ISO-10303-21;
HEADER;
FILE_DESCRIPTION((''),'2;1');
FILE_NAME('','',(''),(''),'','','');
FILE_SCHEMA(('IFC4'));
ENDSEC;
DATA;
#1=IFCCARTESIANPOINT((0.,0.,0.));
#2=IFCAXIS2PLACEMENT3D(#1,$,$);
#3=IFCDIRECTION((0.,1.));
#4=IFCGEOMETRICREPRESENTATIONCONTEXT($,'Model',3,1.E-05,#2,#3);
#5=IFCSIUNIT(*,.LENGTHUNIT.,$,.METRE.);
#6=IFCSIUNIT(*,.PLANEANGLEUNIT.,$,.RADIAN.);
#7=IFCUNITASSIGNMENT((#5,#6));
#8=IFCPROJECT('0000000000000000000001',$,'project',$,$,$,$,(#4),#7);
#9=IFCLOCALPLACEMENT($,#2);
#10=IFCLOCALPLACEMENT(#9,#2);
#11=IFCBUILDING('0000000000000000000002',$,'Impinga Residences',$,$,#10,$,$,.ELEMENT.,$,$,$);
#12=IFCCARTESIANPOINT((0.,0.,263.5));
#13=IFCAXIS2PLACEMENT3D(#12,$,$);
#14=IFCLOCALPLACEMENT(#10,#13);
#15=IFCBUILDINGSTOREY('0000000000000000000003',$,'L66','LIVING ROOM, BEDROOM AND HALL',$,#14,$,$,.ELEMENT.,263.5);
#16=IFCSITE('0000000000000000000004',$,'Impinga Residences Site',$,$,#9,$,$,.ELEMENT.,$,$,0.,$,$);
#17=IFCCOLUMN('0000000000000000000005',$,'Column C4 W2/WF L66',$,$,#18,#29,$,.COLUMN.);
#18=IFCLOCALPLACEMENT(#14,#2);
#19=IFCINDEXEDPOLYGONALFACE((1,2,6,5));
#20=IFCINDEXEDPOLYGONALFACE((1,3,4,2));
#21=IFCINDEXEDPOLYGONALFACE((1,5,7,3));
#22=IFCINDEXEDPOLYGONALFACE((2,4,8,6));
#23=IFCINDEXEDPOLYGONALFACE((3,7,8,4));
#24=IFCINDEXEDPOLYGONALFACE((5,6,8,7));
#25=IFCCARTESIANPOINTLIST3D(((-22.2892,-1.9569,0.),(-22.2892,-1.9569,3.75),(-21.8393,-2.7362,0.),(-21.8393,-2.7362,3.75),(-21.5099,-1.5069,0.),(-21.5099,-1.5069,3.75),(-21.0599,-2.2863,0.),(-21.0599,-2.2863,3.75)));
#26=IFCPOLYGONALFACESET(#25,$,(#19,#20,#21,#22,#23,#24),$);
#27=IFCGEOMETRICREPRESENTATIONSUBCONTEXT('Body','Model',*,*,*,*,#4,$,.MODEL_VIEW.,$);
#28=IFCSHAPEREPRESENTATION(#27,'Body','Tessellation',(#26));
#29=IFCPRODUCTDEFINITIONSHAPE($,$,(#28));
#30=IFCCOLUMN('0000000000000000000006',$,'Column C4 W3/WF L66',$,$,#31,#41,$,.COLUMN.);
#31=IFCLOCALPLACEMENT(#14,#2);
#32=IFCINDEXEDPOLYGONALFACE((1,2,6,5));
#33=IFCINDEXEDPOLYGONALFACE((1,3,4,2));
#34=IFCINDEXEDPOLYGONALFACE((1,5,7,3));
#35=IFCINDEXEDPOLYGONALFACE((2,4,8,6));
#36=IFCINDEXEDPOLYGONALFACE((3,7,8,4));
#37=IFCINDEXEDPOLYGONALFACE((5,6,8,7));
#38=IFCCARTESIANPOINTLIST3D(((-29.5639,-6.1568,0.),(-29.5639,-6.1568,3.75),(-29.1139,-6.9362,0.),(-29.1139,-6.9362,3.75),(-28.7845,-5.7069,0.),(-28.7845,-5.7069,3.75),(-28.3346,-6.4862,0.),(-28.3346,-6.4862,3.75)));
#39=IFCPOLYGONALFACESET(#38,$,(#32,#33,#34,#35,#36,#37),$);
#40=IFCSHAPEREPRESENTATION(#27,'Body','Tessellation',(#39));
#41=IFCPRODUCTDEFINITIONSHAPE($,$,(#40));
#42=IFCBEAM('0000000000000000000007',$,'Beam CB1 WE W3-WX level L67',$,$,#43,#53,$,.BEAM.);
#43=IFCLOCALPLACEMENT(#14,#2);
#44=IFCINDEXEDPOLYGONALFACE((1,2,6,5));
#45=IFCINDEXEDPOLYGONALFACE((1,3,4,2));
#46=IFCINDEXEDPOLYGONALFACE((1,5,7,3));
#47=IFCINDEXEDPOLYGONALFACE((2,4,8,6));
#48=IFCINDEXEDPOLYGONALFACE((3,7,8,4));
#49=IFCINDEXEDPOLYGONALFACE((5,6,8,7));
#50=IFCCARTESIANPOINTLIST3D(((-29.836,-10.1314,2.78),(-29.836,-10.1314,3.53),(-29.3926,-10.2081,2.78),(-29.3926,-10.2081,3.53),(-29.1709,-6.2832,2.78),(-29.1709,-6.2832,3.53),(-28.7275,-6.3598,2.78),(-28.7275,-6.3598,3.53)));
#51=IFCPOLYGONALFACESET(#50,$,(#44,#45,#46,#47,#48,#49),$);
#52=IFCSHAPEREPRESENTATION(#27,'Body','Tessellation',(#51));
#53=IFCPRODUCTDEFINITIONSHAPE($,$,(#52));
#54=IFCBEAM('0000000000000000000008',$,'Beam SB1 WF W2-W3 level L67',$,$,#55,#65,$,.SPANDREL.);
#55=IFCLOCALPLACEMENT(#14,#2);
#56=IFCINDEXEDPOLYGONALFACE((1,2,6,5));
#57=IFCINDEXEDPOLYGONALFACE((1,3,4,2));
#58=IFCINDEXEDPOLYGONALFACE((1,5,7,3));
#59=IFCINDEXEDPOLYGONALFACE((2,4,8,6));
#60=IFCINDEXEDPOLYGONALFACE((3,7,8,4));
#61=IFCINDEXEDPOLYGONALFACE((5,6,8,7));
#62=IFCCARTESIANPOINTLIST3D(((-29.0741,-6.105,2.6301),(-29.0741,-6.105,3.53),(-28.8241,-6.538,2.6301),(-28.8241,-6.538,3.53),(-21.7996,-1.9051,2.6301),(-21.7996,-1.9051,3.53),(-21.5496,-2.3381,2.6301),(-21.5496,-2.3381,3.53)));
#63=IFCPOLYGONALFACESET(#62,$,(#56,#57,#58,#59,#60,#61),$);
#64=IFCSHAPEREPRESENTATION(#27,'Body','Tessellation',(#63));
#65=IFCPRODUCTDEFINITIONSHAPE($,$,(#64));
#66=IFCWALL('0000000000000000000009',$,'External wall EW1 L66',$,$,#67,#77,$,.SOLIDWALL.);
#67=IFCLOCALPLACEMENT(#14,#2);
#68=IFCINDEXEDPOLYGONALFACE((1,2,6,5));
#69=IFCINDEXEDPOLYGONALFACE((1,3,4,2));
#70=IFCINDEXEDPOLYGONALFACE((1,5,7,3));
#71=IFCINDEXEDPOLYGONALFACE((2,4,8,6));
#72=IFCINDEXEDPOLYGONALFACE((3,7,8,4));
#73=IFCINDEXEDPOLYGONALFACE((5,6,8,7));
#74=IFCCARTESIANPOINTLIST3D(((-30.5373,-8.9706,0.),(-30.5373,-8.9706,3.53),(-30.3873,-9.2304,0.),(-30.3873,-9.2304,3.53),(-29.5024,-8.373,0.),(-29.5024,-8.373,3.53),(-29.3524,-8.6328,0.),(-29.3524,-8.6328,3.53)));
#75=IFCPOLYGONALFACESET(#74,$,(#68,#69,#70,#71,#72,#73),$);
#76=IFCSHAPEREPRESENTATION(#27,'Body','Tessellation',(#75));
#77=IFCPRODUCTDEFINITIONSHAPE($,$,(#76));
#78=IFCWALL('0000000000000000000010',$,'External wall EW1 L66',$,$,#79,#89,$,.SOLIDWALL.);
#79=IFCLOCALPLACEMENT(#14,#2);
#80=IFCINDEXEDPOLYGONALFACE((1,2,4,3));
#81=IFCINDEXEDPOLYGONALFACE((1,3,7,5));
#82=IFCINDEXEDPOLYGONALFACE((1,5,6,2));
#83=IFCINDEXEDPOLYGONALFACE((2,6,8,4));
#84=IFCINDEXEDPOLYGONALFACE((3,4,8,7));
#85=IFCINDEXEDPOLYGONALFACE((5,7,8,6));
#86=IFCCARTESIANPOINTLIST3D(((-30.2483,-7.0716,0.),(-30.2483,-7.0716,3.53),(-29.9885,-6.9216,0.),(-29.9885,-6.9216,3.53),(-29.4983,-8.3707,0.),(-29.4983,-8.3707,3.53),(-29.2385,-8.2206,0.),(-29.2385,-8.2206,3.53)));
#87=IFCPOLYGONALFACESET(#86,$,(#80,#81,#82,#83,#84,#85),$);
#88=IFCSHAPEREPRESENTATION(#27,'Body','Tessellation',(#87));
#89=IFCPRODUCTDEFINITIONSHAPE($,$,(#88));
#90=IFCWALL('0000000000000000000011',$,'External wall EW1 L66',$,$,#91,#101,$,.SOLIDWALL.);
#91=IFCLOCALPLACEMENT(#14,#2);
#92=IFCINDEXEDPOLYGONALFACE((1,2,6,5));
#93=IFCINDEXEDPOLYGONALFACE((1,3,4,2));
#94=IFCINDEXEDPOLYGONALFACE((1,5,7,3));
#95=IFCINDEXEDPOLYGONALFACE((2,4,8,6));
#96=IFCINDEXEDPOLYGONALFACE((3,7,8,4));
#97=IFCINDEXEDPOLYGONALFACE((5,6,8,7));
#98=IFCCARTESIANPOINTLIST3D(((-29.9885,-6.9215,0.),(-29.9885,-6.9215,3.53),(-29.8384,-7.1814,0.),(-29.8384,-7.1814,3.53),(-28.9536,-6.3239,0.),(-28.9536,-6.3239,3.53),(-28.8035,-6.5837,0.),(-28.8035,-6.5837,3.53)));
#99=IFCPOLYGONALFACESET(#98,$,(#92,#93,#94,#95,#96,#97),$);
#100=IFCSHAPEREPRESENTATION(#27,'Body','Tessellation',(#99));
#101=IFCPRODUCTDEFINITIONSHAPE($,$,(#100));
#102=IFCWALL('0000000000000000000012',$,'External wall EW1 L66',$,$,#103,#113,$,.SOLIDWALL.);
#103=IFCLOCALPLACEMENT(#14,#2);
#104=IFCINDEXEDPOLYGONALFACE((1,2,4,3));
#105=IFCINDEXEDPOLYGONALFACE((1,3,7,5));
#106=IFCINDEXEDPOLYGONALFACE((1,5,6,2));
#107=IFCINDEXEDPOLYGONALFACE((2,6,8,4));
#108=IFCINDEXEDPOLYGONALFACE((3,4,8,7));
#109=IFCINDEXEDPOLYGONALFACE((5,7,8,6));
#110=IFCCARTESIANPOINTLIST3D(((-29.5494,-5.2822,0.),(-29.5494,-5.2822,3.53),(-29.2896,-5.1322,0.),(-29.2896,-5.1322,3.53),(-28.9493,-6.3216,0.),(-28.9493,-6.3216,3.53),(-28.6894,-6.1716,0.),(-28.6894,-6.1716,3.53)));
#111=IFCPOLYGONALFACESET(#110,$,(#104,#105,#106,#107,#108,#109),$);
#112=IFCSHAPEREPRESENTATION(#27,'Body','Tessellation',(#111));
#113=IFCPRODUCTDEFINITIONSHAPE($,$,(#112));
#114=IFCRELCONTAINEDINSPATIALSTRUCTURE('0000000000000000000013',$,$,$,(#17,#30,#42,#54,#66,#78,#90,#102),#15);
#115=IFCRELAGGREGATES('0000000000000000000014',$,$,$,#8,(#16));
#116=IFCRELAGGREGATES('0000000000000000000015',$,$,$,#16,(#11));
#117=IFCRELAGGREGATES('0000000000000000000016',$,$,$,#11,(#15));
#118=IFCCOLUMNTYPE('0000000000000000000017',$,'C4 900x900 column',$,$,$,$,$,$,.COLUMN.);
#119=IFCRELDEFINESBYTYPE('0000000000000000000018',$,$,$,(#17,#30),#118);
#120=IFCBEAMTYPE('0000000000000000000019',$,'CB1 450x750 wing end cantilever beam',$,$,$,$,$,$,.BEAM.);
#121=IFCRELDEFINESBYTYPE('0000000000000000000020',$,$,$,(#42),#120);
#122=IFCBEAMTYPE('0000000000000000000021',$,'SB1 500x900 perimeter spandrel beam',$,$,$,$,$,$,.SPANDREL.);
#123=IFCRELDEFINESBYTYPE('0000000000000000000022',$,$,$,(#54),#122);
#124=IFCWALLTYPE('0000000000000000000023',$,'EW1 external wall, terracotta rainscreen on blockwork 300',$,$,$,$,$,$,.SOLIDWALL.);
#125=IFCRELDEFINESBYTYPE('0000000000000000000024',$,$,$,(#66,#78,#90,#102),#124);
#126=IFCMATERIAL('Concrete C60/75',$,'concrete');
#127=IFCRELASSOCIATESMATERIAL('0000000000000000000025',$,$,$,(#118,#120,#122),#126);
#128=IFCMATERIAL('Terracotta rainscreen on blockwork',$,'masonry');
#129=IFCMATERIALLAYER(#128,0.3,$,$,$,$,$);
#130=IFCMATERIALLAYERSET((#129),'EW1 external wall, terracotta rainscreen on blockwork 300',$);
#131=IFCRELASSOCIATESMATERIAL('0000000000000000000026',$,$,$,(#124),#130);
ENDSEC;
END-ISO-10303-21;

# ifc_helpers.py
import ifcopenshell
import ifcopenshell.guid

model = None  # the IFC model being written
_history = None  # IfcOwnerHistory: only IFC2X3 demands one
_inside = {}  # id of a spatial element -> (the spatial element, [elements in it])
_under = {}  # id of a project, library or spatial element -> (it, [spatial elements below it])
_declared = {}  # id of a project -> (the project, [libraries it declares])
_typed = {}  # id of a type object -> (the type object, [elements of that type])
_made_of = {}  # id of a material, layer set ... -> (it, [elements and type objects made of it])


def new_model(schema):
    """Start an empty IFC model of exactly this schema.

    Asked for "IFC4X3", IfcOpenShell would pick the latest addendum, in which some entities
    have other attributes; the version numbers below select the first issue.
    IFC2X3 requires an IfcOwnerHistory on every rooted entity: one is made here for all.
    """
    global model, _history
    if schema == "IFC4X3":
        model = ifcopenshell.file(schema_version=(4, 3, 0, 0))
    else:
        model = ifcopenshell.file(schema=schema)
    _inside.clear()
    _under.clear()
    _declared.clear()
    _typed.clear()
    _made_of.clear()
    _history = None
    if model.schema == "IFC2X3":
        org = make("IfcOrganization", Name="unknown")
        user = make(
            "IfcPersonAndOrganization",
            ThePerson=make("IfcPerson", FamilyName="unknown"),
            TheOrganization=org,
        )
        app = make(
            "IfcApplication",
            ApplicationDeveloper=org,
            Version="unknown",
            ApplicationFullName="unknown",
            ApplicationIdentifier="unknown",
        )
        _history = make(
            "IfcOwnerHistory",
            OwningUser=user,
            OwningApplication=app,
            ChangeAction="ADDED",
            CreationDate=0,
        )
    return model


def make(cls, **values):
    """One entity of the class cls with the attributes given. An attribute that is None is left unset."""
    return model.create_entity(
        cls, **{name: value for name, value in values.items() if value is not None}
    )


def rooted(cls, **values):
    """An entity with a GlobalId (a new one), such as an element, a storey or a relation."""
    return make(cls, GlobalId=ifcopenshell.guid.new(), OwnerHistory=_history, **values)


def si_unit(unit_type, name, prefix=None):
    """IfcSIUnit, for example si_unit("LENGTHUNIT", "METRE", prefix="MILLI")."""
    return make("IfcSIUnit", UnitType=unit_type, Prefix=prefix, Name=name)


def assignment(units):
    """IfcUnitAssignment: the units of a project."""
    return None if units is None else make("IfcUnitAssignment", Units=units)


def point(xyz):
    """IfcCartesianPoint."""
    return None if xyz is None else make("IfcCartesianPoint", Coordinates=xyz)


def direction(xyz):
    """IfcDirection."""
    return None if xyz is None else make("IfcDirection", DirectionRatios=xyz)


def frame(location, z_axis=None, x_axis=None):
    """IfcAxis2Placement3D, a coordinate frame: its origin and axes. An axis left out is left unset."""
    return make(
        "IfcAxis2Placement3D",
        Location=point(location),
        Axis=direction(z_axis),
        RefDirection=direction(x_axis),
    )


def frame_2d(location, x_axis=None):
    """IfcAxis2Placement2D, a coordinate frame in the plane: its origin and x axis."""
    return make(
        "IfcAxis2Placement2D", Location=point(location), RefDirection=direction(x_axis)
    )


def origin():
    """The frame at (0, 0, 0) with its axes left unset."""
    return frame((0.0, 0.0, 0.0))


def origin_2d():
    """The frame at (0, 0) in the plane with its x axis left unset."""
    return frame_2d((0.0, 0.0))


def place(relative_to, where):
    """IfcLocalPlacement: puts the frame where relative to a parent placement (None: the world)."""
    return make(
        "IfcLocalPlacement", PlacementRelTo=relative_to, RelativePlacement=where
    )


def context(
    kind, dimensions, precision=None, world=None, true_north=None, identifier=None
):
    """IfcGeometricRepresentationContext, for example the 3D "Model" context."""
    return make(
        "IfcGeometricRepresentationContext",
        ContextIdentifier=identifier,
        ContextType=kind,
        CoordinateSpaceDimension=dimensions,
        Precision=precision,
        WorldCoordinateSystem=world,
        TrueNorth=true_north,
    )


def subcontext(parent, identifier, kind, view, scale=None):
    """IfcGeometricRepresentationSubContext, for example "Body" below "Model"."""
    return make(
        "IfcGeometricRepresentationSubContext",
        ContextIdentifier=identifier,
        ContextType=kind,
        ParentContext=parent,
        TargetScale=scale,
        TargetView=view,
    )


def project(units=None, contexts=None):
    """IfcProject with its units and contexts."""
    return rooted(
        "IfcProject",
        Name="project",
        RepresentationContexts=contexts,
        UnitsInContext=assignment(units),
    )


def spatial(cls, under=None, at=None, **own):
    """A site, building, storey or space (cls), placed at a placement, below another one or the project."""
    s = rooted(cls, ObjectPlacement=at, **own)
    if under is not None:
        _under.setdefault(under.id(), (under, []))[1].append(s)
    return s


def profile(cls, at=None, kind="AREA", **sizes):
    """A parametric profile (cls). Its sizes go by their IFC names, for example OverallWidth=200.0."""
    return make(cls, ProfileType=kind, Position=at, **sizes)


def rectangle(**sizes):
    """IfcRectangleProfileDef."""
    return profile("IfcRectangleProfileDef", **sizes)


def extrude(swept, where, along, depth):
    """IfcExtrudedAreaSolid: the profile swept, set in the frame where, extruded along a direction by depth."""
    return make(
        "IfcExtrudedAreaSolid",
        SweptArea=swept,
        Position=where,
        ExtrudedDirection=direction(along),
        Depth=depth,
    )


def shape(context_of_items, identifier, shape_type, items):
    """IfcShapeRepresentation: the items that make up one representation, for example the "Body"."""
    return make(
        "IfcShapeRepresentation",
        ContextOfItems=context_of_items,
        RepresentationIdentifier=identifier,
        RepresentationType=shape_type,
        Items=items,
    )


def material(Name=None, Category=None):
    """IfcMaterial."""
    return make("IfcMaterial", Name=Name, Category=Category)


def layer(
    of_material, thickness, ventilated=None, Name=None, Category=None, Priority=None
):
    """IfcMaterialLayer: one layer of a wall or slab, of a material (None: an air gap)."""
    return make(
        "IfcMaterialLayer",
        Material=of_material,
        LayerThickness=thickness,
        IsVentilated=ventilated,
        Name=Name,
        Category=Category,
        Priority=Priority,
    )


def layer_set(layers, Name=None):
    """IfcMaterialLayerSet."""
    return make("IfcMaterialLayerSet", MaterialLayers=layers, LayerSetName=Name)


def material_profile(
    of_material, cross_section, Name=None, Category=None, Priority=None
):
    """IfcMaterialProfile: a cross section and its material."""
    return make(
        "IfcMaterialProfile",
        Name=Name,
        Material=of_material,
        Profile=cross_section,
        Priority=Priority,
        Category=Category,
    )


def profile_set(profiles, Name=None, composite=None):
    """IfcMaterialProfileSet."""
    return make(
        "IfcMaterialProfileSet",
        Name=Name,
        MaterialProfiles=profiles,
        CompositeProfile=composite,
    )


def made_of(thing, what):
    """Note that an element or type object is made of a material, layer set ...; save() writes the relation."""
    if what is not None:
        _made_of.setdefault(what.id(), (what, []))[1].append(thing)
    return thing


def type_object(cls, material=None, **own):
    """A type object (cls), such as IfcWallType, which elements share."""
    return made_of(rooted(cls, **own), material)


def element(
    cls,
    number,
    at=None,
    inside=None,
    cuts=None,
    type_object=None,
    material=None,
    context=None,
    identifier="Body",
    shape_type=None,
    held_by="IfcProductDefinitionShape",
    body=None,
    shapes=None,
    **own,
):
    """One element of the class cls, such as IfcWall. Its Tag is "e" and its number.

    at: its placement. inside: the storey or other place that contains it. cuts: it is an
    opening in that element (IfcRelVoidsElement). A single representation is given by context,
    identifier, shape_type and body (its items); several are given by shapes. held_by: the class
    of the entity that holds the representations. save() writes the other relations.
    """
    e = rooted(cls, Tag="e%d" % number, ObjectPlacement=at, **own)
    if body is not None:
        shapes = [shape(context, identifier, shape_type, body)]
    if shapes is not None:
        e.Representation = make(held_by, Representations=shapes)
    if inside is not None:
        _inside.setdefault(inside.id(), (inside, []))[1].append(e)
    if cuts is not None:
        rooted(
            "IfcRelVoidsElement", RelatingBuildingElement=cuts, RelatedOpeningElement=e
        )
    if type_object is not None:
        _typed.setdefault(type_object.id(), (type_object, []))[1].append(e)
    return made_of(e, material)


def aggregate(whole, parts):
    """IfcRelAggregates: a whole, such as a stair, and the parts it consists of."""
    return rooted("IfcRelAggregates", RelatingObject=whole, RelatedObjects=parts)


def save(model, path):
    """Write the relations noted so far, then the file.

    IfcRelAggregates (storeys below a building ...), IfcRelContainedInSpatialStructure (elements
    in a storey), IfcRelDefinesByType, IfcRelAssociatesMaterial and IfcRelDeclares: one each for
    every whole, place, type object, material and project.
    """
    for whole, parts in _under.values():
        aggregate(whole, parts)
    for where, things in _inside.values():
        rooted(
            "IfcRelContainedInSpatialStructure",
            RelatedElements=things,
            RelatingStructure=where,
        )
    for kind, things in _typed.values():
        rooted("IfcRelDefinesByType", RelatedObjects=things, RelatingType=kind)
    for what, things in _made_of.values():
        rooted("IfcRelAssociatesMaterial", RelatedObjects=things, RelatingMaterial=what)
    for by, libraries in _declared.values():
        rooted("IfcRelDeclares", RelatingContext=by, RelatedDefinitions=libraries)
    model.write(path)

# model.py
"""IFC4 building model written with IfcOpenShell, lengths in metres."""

from ifc_helpers import new_model, si_unit, direction, frame, frame_2d, origin, origin_2d, place, context, subcontext, project, spatial, rectangle, extrude, material, layer, layer_set, material_profile, profile_set, type_object, element, save


model = new_model("IFC4")

# Units and contexts
model_context = context("Model", 3, precision=1e-05, world=origin(), true_north=direction((0.0, 1.0)))
body_context = subcontext(model_context, "Body", "Model", "MODEL_VIEW")
ifc_project = project(units=[si_unit("LENGTHUNIT", "METRE"), si_unit("PLANEANGLEUNIT", "RADIAN")], contexts=[model_context])

# Site, building, storey
site_placement = place(None, origin())
site = spatial("IfcSite", under=ifc_project, at=site_placement, Name="Impinga Residences Site", CompositionType="ELEMENT", RefElevation=0.0)
building_placement = place(site_placement, origin())
building = spatial("IfcBuilding", under=site, at=building_placement, Name="Impinga Residences", CompositionType="ELEMENT")
storey_placement = place(building_placement, frame((0.0, 0.0, 263.5)))
storey = spatial("IfcBuildingStorey", under=building, at=storey_placement, Name="L66", Description="LIVING ROOM, BEDROOM AND HALL", CompositionType="ELEMENT", Elevation=263.5)

# Columns
ifc_material_1 = material(Name="Concrete C60/75", Category="concrete")
ifc_material_profile_1 = material_profile(ifc_material_1, rectangle(XDim=0.8999, YDim=0.8999, at=origin_2d()), Name="RC 900x900")
ifc_profile_set_1 = profile_set([ifc_material_profile_1], Name="Concrete C60/75")
column_type = type_object("IfcColumnType", Name="C4 900x900 column", PredefinedType="COLUMN", material=ifc_profile_set_1)
for number, where, z_axis, x_axis, name in (
    (1, (-21.6746, -2.1216, 0.0), (0.0, 0.0, 1.0), (-0.5, 0.866025, 0.0), "Column C4 W2/WF L66"),
    (2, (-28.9492, -6.3215, 0.0), (0.0, 0.0, 1.0), (-0.5, 0.866025, 0.0), "Column C4 W3/WF L66"),
):
    element("IfcColumn", number, at=place(storey_placement, frame(where, z_axis=z_axis, x_axis=x_axis)), inside=storey, type_object=column_type, Name=name, PredefinedType="COLUMN", context=body_context, shape_type="SweptSolid", body=[
        extrude(rectangle(XDim=0.8999, YDim=0.8999, at=origin_2d()), origin(), (0.0, 0.0, 1.0), 3.75),
    ])

# Beams
ifc_material_profile_2 = material_profile(ifc_material_1, rectangle(XDim=0.45, YDim=0.75, at=origin_2d()), Name="RC 450x750")
ifc_profile_set_2 = profile_set([ifc_material_profile_2], Name="Concrete C60/75")
beam_type_1 = type_object("IfcBeamType", Name="CB1 450x750 wing end cantilever beam", PredefinedType="BEAM", material=ifc_profile_set_2)
beam_1_placement = place(storey_placement, frame((-28.9492, -6.3215, 3.155), z_axis=(-0.170296, -0.985393, 0.0), x_axis=(0.985393, -0.170296, 0.0)))
element("IfcBeam", 3, at=beam_1_placement, inside=storey, type_object=beam_type_1, Name="Beam CB1 WE W3-WX level L67", PredefinedType="BEAM", context=body_context, shape_type="SweptSolid", body=[
    extrude(rectangle(XDim=0.45, YDim=0.75, at=origin_2d()), origin(), (0.0, 0.0, 1.0), 3.9053),
])
ifc_material_profile_3 = material_profile(ifc_material_1, rectangle(XDim=0.5, YDim=0.8999, at=origin_2d()), Name="RC 500x900")
ifc_profile_set_3 = profile_set([ifc_material_profile_3], Name="Concrete C60/75")
beam_type_2 = type_object("IfcBeamType", Name="SB1 500x900 perimeter spandrel beam", PredefinedType="SPANDREL", material=ifc_profile_set_3)
beam_2_placement = place(storey_placement, frame((-21.6746, -2.1216, 3.0801), z_axis=(-0.866029, -0.499993, 0.0), x_axis=(0.499993, -0.866029, 0.0)))
element("IfcBeam", 4, at=beam_2_placement, inside=storey, type_object=beam_type_2, Name="Beam SB1 WF W2-W3 level L67", PredefinedType="SPANDREL", context=body_context, shape_type="SweptSolid", body=[
    extrude(rectangle(XDim=0.5, YDim=0.8999, at=origin_2d()), origin(), (0.0, 0.0, 1.0), 8.3999),
])

# Walls
ifc_material_2 = material(Name="Terracotta rainscreen on blockwork", Category="masonry")
ifc_layer_1 = layer(ifc_material_2, 0.3)
ifc_layer_set_1 = layer_set([ifc_layer_1], Name="EW1 external wall, terracotta rainscreen on blockwork 300")
wall_type_1 = type_object("IfcWallType", Name="EW1 external wall, terracotta rainscreen on blockwork 300", PredefinedType="SOLIDWALL", material=ifc_layer_set_1)
wall_1_placement = place(storey_placement, frame((-30.4624, -9.1006, 0.0), z_axis=(0.0, 0.0, 1.0), x_axis=(0.865971, 0.500094, 0.0)))
element("IfcWall", 5, at=wall_1_placement, inside=storey, type_object=wall_type_1, Name="External wall EW1 L66", PredefinedType="SOLIDWALL", context=body_context, shape_type="SweptSolid", body=[
    extrude(rectangle(XDim=1.1951, YDim=0.3, at=frame_2d((0.5977, 0.0))), origin(), (0.0, 0.0, 1.0), 3.53),
])
wall_2_placement = place(storey_placement, frame((-29.3684, -8.2957, 0.0), z_axis=(0.0, 0.0, 1.0), x_axis=(-0.49999, 0.866031, 0.0)))
element("IfcWall", 6, at=wall_2_placement, inside=storey, type_object=wall_type_1, Name="External wall EW1 L66", PredefinedType="SOLIDWALL", context=body_context, shape_type="SweptSolid", body=[
    extrude(rectangle(XDim=1.5, YDim=0.3, at=frame_2d((0.75, 0.0))), origin(), (0.0, 0.0, 1.0), 3.53),
])
wall_3_placement = place(storey_placement, frame((-29.9136, -7.0515, 0.0), z_axis=(0.0, 0.0, 1.0), x_axis=(0.865971, 0.500094, 0.0)))
element("IfcWall", 7, at=wall_3_placement, inside=storey, type_object=wall_type_1, Name="External wall EW1 L66", PredefinedType="SOLIDWALL", context=body_context, shape_type="SweptSolid", body=[
    extrude(rectangle(XDim=1.1951, YDim=0.3, at=frame_2d((0.5977, 0.0))), origin(), (0.0, 0.0, 1.0), 3.53),
])
wall_4_placement = place(storey_placement, frame((-28.8193, -6.2466, 0.0), z_axis=(0.0, 0.0, 1.0), x_axis=(-0.500034, 0.866006, 0.0)))
element("IfcWall", 8, at=wall_4_placement, inside=storey, type_object=wall_type_1, Name="External wall EW1 L66", PredefinedType="SOLIDWALL", context=body_context, shape_type="SweptSolid", body=[
    extrude(rectangle(XDim=1.2002, YDim=0.3, at=frame_2d((0.6001, 0.0))), origin(), (0.0, 0.0, 1.0), 3.53),
])

save(model, "model.ifc")
